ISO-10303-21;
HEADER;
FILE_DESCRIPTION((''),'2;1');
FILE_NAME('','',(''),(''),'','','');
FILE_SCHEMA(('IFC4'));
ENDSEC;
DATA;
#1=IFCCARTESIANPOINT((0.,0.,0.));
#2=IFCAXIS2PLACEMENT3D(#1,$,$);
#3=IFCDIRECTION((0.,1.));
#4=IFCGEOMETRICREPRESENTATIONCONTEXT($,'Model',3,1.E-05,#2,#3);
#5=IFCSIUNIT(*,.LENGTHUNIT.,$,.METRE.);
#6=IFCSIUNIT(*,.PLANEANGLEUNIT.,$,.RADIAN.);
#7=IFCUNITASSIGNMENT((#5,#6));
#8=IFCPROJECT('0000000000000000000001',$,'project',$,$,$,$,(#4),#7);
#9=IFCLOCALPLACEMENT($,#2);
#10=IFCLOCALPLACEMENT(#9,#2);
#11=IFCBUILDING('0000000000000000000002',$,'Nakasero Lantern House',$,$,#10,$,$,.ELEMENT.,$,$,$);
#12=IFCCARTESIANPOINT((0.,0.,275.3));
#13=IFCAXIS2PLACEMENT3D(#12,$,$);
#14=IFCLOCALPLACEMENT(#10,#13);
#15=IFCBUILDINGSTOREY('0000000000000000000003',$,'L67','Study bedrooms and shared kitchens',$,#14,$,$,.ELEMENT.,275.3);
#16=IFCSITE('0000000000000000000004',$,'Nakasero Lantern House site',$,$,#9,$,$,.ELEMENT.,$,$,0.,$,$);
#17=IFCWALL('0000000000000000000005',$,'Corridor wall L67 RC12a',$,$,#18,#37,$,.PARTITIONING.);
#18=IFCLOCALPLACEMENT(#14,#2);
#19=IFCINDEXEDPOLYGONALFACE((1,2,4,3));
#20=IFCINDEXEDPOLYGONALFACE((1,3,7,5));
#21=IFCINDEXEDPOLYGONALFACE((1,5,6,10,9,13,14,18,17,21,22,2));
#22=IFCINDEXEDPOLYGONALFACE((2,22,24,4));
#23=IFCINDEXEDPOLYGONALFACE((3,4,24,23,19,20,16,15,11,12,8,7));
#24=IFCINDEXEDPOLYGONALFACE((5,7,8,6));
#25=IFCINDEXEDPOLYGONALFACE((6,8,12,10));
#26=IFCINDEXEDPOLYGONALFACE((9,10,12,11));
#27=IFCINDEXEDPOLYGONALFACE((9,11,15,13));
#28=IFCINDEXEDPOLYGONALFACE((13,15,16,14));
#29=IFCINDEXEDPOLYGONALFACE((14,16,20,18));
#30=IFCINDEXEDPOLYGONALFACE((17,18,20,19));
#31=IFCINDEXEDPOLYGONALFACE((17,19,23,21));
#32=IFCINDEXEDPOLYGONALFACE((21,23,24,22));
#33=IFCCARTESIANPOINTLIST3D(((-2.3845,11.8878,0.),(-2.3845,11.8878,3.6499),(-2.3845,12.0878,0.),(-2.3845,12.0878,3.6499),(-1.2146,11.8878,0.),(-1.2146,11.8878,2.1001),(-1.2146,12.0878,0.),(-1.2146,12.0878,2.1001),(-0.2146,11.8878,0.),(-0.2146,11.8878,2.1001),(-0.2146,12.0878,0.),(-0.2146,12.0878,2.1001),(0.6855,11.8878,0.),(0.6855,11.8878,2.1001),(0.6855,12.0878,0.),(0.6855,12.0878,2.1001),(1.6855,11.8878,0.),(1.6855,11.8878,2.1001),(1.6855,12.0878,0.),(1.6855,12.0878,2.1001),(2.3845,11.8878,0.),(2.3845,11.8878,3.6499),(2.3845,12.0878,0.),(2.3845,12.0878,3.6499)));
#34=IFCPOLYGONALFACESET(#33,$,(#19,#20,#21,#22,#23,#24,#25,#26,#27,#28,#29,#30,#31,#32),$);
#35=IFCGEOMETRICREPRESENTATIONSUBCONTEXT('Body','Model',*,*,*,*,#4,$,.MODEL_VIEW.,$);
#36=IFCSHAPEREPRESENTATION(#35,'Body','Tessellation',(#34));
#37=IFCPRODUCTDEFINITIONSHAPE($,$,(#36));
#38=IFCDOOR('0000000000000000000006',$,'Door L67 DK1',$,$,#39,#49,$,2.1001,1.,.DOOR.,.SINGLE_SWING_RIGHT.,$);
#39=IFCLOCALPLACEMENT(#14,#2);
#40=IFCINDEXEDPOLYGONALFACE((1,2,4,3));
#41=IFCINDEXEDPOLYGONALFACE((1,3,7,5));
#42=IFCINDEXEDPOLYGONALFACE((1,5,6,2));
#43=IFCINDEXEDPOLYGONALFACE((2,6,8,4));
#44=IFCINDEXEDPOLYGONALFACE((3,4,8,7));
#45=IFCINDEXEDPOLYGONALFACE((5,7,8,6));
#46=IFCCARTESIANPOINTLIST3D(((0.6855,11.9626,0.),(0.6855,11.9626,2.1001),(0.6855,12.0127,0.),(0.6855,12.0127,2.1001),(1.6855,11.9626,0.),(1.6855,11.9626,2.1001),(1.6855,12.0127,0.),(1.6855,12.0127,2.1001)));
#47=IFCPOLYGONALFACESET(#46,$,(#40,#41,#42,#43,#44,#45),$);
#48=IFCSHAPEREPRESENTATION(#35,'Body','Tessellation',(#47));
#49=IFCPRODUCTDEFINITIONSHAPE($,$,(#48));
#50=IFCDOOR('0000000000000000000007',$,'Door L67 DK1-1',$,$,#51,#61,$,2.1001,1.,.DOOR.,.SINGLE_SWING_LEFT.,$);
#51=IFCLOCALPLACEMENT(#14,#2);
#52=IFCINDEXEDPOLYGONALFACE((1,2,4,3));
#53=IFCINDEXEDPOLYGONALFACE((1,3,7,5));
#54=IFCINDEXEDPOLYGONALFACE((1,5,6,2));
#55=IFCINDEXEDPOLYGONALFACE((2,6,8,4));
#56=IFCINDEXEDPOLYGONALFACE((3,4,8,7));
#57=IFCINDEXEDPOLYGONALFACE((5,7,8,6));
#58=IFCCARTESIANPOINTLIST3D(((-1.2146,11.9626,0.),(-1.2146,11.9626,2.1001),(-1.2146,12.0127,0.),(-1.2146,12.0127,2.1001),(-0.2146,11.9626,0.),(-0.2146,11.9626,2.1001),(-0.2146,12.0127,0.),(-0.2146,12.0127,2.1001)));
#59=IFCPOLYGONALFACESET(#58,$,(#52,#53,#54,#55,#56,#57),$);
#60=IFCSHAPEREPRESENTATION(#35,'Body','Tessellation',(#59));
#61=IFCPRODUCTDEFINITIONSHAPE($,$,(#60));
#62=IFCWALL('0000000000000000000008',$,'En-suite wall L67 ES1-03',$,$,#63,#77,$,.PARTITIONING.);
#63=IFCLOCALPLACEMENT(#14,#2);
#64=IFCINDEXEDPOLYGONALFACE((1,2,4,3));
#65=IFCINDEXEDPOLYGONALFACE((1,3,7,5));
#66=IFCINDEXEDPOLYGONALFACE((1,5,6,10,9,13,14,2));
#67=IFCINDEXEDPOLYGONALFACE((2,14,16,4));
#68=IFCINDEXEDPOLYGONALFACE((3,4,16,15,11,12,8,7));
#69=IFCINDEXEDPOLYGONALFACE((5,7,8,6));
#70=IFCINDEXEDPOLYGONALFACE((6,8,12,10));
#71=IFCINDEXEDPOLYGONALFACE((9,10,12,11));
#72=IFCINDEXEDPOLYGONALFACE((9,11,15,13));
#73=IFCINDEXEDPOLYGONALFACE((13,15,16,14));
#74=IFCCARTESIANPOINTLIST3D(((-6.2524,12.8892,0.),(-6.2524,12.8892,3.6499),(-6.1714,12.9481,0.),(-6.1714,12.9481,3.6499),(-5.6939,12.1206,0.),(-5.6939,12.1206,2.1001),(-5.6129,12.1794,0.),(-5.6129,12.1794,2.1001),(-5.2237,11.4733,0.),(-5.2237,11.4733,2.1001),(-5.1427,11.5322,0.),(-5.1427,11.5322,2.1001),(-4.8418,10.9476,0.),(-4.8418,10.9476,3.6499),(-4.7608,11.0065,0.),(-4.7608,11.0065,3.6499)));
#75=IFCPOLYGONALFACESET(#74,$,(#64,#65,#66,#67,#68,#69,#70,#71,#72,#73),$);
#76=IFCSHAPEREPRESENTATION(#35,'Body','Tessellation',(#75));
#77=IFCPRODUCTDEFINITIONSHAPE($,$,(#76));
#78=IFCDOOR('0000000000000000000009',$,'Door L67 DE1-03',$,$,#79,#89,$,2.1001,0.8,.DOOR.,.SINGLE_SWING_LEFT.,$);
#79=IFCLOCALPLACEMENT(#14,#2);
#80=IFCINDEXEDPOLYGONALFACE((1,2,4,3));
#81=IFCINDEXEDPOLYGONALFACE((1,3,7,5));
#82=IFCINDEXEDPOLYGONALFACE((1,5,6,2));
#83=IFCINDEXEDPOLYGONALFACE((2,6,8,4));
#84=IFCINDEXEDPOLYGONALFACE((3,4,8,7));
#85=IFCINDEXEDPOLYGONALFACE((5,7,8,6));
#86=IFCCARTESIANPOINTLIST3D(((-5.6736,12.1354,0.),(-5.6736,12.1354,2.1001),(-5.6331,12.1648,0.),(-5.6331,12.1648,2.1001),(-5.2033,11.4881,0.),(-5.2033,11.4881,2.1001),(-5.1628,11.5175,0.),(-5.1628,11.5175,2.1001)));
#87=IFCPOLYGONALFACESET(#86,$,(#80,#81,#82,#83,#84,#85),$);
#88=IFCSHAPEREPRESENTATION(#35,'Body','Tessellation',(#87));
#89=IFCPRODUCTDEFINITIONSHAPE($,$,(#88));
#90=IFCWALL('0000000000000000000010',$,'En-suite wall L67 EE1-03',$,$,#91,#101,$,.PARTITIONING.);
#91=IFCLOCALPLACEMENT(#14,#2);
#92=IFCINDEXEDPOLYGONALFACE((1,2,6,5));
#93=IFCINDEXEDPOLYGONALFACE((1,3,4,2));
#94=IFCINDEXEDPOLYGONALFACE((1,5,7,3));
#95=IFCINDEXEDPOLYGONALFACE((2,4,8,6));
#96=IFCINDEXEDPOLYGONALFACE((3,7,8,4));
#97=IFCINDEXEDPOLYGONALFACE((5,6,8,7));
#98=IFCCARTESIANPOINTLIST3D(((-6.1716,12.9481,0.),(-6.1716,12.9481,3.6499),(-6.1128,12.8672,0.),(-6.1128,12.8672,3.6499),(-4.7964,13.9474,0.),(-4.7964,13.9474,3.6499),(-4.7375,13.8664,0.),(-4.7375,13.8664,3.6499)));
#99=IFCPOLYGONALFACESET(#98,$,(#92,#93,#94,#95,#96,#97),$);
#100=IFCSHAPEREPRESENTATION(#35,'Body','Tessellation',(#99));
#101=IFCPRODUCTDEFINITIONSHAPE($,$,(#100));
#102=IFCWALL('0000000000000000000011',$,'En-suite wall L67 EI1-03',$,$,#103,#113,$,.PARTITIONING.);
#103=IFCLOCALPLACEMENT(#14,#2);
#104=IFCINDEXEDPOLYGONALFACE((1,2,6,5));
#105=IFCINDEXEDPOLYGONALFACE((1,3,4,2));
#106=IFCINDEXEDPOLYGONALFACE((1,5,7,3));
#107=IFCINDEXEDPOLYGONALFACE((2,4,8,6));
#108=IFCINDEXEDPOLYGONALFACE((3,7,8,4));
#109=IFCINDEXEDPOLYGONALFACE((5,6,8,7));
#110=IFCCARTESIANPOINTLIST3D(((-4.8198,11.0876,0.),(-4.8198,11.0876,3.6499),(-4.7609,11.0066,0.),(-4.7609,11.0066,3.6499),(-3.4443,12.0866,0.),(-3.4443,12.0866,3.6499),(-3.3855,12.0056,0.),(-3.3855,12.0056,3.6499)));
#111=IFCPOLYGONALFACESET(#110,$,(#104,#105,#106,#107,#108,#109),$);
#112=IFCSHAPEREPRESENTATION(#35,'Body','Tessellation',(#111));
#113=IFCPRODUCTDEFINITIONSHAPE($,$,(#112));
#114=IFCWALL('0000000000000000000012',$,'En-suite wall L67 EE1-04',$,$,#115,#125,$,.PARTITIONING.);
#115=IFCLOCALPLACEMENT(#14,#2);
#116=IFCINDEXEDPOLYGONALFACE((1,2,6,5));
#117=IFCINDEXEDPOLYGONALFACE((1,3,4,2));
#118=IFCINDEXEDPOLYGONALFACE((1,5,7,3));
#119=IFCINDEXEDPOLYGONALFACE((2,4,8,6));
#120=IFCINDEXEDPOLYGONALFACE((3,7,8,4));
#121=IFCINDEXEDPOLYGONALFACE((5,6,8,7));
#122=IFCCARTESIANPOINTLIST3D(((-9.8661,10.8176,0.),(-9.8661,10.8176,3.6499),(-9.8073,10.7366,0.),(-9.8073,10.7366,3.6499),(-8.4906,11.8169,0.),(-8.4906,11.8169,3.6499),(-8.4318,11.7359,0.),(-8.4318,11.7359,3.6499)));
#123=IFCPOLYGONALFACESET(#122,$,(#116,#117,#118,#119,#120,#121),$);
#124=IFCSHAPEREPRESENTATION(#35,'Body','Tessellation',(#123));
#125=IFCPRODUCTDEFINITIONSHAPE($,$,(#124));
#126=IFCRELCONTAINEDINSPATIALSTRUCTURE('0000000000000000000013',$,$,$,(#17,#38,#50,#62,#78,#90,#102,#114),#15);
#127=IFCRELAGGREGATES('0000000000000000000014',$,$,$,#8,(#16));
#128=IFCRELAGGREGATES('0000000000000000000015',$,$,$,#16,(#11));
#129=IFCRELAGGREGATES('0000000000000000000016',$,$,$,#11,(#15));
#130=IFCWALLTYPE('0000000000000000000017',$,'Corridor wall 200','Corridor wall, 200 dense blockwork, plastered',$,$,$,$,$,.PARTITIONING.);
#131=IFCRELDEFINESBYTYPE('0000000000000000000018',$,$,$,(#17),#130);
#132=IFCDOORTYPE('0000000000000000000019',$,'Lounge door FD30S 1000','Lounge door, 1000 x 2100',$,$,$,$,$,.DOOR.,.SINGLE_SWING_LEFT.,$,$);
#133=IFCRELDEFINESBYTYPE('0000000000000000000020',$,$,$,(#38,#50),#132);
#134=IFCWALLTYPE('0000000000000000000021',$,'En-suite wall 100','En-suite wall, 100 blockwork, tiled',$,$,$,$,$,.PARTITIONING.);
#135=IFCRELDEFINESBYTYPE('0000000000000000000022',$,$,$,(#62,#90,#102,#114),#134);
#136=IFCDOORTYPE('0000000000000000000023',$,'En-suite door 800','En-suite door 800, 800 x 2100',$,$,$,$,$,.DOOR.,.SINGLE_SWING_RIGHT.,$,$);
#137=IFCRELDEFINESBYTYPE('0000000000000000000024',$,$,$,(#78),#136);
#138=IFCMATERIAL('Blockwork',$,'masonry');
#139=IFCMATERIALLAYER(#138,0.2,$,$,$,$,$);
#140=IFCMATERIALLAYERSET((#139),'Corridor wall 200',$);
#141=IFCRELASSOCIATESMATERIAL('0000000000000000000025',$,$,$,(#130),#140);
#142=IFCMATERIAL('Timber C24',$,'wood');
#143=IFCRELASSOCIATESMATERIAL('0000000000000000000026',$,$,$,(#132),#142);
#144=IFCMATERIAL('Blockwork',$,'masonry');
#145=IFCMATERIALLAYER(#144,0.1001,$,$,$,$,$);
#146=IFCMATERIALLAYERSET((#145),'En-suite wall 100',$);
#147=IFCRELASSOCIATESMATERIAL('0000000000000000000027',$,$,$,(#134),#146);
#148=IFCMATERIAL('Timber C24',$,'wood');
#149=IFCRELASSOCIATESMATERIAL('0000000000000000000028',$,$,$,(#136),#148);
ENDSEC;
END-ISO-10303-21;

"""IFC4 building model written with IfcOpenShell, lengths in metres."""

from ifc_helpers import new_model, si_unit, direction, frame, frame_2d, origin, place, context, subcontext, project, spatial, rectangle, extrude, material, layer, layer_set, type_object, element, fill, save


model = new_model("IFC4")

# Units and contexts
model_context = context("Model", 3, precision=1e-05, world=origin(), true_north=direction((0.0, 1.0)))
body_context = subcontext(model_context, "Body", "Model", "MODEL_VIEW")
ifc_project = project(units=[si_unit("LENGTHUNIT", "METRE"), si_unit("PLANEANGLEUNIT", "RADIAN")], contexts=[model_context])

# Site, building, storey
site_placement = place(None, origin())
site = spatial("IfcSite", under=ifc_project, at=site_placement, Name="Nakasero Lantern House site", CompositionType="ELEMENT", RefElevation=0.0)
building_placement = place(site_placement, origin())
building = spatial("IfcBuilding", under=site, at=building_placement, Name="Nakasero Lantern House", CompositionType="ELEMENT")
storey_placement = place(building_placement, frame((0.0, 0.0, 275.3)))
storey = spatial("IfcBuildingStorey", under=building, at=storey_placement, Name="L67", Description="Study bedrooms and shared kitchens", CompositionType="ELEMENT", Elevation=275.3)

# Shared definitions
ifc_material_1 = material(Name="Blockwork", Category="masonry")
ifc_layer_1 = layer(ifc_material_1, 0.2)
ifc_layer_set_1 = layer_set([ifc_layer_1], Name="Corridor wall 200")
wall_type_1 = type_object("IfcWallType", Name="Corridor wall 200", Description="Corridor wall, 200 dense blockwork, plastered", PredefinedType="PARTITIONING", material=ifc_layer_set_1)

# Wall, openings, doors
wall_1_placement = place(storey_placement, frame((-2.3845, 11.9878, 0.0), z_axis=(0.0, 0.0, 1.0), x_axis=(1.0, 0.0, 0.0)))
wall_1 = element("IfcWall", 1, at=wall_1_placement, inside=storey, type_object=wall_type_1, Name="Corridor wall L67 RC12a", PredefinedType="PARTITIONING", context=body_context, shape_type="SweptSolid", body=[
    extrude(rectangle(XDim=4.769, YDim=0.2, at=frame_2d((2.3845, 0.0))), origin(), (0.0, 0.0, 1.0), 3.6499),
])
opening_1_placement = place(wall_1_placement, frame((3.0701, 0.0, 0.0)))
opening_1 = element("IfcOpeningElement", 2, at=opening_1_placement, cuts=wall_1, PredefinedType="OPENING", context=body_context, shape_type="SweptSolid", body=[
    extrude(rectangle(XDim=1.0, YDim=2.1001, at=frame_2d((0.5, 1.05))), frame((0.0, 0.1199, 0.0), z_axis=(0.0, -1.0, 0.0), x_axis=(1.0, 0.0, 0.0)), (0.0, 0.0, 1.0), 0.24),
])
opening_2_placement = place(wall_1_placement, frame((1.1699, 0.0, 0.0)))
opening_2 = element("IfcOpeningElement", 3, at=opening_2_placement, cuts=wall_1, PredefinedType="OPENING", context=body_context, shape_type="SweptSolid", body=[
    extrude(rectangle(XDim=1.0, YDim=2.1001, at=frame_2d((0.5, 1.05))), frame((0.0, 0.1199, 0.0), z_axis=(0.0, -1.0, 0.0), x_axis=(1.0, 0.0, 0.0)), (0.0, 0.0, 1.0), 0.24),
])
ifc_material_2 = material(Name="Timber C24", Category="wood")
door_type_1 = type_object("IfcDoorType", Name="Lounge door FD30S 1000", Description="Lounge door, 1000 x 2100", OperationType="SINGLE_SWING_LEFT", PredefinedType="DOOR", material=ifc_material_2)
door_1_placement = place(opening_1_placement, origin())
door_1 = element("IfcDoor", 4, at=door_1_placement, inside=storey, type_object=door_type_1, Name="Door L67 DK1", OperationType="SINGLE_SWING_RIGHT", OverallHeight=2.1001, OverallWidth=1.0, PredefinedType="DOOR", context=body_context, shape_type="SweptSolid", body=[
    extrude(rectangle(XDim=1.0, YDim=2.1001, at=frame_2d((0.5, 1.05))), frame((0.0, 0.0249, 0.0), z_axis=(0.0, -1.0, 0.0), x_axis=(1.0, 0.0, 0.0)), (0.0, 0.0, 1.0), 0.05),
])
fill(opening_1, door_1)
door_2_placement = place(opening_2_placement, origin())
door_2 = element("IfcDoor", 5, at=door_2_placement, inside=storey, type_object=door_type_1, Name="Door L67 DK1-1", OperationType="SINGLE_SWING_LEFT", OverallHeight=2.1001, OverallWidth=1.0, PredefinedType="DOOR", context=body_context, shape_type="SweptSolid", body=[
    extrude(rectangle(XDim=1.0, YDim=2.1001, at=frame_2d((0.5, 1.05))), frame((0.0, 0.0249, 0.0), z_axis=(0.0, -1.0, 0.0), x_axis=(1.0, 0.0, 0.0)), (0.0, 0.0, 1.0), 0.05),
])
fill(opening_2, door_2)

# Wall, opening, door
ifc_material_3 = material(Name="Blockwork", Category="masonry")
ifc_layer_2 = layer(ifc_material_3, 0.1001)
ifc_layer_set_2 = layer_set([ifc_layer_2], Name="En-suite wall 100")
wall_type_2 = type_object("IfcWallType", Name="En-suite wall 100", Description="En-suite wall, 100 blockwork, tiled", PredefinedType="PARTITIONING", material=ifc_layer_set_2)
wall_2_placement = place(storey_placement, frame((-4.8013, 10.9771, 0.0), z_axis=(0.0, 0.0, 1.0), x_axis=(-0.587772, 0.809026, 0.0)))
wall_2 = element("IfcWall", 6, at=wall_2_placement, inside=storey, type_object=wall_type_2, Name="En-suite wall L67 ES1-03", PredefinedType="PARTITIONING", context=body_context, shape_type="SweptSolid", body=[
    extrude(rectangle(XDim=2.3999, YDim=0.1001, at=frame_2d((1.2, 0.0))), origin(), (0.0, 0.0, 1.0), 3.6499),
])
opening_3_placement = place(wall_2_placement, frame((0.6499, 0.0, 0.0)))
opening_3 = element("IfcOpeningElement", 7, at=opening_3_placement, cuts=wall_2, PredefinedType="OPENING", context=body_context, shape_type="SweptSolid", body=[
    extrude(rectangle(XDim=0.8, YDim=2.1001, at=frame_2d((0.3999, 1.05))), frame((0.0, 0.0701, 0.0), z_axis=(0.0, -1.0, 0.0), x_axis=(1.0, 0.0, 0.0)), (0.0, 0.0, 1.0), 0.1401),
])
ifc_material_4 = material(Name="Timber C24", Category="wood")
door_type_2 = type_object("IfcDoorType", Name="En-suite door 800", Description="En-suite door 800, 800 x 2100", OperationType="SINGLE_SWING_RIGHT", PredefinedType="DOOR", material=ifc_material_4)
door_3_placement = place(opening_3_placement, origin())
door_3 = element("IfcDoor", 8, at=door_3_placement, inside=storey, type_object=door_type_2, Name="Door L67 DE1-03", OperationType="SINGLE_SWING_LEFT", OverallHeight=2.1001, OverallWidth=0.8, PredefinedType="DOOR", context=body_context, shape_type="SweptSolid", body=[
    extrude(rectangle(XDim=0.8, YDim=2.1001, at=frame_2d((0.3999, 1.05))), frame((0.0, 0.0249, 0.0), z_axis=(0.0, -1.0, 0.0), x_axis=(1.0, 0.0, 0.0)), (0.0, 0.0, 1.0), 0.05),
])
fill(opening_3, door_3)

# Walls
for number, where, z_axis, x_axis, name in (
    (9, (-4.7668, 13.907, 0.0), (0.0, 0.0, 1.0), (-0.808991, -0.587822, 0.0), "En-suite wall L67 EE1-03"),
    (10, (-3.4148, 12.0461, 0.0), (0.0, 0.0, 1.0), (-0.809109, -0.587659, 0.0), "En-suite wall L67 EI1-03"),
):
    element("IfcWall", number, at=place(storey_placement, frame(where, z_axis=z_axis, x_axis=x_axis)), inside=storey, type_object=wall_type_2, Name=name, PredefinedType="PARTITIONING", context=body_context, shape_type="SweptSolid", body=[
        extrude(rectangle(XDim=1.7, YDim=0.1001, at=frame_2d((0.8501, 0.0))), origin(), (0.0, 0.0, 1.0), 3.6499),
    ])
wall_3_placement = place(storey_placement, frame((-8.4612, 11.7764, 0.0), z_axis=(0.0, 0.0, 1.0), x_axis=(-0.80904, -0.587753, 0.0)))
element("IfcWall", 11, at=wall_3_placement, inside=storey, type_object=wall_type_2, Name="En-suite wall L67 EE1-04", PredefinedType="PARTITIONING", context=body_context, shape_type="SweptSolid", body=[
    extrude(rectangle(XDim=1.7002, YDim=0.1001, at=frame_2d((0.8501, 0.0))), origin(), (0.0, 0.0, 1.0), 3.6499),
])

save(model, "model.ifc")
